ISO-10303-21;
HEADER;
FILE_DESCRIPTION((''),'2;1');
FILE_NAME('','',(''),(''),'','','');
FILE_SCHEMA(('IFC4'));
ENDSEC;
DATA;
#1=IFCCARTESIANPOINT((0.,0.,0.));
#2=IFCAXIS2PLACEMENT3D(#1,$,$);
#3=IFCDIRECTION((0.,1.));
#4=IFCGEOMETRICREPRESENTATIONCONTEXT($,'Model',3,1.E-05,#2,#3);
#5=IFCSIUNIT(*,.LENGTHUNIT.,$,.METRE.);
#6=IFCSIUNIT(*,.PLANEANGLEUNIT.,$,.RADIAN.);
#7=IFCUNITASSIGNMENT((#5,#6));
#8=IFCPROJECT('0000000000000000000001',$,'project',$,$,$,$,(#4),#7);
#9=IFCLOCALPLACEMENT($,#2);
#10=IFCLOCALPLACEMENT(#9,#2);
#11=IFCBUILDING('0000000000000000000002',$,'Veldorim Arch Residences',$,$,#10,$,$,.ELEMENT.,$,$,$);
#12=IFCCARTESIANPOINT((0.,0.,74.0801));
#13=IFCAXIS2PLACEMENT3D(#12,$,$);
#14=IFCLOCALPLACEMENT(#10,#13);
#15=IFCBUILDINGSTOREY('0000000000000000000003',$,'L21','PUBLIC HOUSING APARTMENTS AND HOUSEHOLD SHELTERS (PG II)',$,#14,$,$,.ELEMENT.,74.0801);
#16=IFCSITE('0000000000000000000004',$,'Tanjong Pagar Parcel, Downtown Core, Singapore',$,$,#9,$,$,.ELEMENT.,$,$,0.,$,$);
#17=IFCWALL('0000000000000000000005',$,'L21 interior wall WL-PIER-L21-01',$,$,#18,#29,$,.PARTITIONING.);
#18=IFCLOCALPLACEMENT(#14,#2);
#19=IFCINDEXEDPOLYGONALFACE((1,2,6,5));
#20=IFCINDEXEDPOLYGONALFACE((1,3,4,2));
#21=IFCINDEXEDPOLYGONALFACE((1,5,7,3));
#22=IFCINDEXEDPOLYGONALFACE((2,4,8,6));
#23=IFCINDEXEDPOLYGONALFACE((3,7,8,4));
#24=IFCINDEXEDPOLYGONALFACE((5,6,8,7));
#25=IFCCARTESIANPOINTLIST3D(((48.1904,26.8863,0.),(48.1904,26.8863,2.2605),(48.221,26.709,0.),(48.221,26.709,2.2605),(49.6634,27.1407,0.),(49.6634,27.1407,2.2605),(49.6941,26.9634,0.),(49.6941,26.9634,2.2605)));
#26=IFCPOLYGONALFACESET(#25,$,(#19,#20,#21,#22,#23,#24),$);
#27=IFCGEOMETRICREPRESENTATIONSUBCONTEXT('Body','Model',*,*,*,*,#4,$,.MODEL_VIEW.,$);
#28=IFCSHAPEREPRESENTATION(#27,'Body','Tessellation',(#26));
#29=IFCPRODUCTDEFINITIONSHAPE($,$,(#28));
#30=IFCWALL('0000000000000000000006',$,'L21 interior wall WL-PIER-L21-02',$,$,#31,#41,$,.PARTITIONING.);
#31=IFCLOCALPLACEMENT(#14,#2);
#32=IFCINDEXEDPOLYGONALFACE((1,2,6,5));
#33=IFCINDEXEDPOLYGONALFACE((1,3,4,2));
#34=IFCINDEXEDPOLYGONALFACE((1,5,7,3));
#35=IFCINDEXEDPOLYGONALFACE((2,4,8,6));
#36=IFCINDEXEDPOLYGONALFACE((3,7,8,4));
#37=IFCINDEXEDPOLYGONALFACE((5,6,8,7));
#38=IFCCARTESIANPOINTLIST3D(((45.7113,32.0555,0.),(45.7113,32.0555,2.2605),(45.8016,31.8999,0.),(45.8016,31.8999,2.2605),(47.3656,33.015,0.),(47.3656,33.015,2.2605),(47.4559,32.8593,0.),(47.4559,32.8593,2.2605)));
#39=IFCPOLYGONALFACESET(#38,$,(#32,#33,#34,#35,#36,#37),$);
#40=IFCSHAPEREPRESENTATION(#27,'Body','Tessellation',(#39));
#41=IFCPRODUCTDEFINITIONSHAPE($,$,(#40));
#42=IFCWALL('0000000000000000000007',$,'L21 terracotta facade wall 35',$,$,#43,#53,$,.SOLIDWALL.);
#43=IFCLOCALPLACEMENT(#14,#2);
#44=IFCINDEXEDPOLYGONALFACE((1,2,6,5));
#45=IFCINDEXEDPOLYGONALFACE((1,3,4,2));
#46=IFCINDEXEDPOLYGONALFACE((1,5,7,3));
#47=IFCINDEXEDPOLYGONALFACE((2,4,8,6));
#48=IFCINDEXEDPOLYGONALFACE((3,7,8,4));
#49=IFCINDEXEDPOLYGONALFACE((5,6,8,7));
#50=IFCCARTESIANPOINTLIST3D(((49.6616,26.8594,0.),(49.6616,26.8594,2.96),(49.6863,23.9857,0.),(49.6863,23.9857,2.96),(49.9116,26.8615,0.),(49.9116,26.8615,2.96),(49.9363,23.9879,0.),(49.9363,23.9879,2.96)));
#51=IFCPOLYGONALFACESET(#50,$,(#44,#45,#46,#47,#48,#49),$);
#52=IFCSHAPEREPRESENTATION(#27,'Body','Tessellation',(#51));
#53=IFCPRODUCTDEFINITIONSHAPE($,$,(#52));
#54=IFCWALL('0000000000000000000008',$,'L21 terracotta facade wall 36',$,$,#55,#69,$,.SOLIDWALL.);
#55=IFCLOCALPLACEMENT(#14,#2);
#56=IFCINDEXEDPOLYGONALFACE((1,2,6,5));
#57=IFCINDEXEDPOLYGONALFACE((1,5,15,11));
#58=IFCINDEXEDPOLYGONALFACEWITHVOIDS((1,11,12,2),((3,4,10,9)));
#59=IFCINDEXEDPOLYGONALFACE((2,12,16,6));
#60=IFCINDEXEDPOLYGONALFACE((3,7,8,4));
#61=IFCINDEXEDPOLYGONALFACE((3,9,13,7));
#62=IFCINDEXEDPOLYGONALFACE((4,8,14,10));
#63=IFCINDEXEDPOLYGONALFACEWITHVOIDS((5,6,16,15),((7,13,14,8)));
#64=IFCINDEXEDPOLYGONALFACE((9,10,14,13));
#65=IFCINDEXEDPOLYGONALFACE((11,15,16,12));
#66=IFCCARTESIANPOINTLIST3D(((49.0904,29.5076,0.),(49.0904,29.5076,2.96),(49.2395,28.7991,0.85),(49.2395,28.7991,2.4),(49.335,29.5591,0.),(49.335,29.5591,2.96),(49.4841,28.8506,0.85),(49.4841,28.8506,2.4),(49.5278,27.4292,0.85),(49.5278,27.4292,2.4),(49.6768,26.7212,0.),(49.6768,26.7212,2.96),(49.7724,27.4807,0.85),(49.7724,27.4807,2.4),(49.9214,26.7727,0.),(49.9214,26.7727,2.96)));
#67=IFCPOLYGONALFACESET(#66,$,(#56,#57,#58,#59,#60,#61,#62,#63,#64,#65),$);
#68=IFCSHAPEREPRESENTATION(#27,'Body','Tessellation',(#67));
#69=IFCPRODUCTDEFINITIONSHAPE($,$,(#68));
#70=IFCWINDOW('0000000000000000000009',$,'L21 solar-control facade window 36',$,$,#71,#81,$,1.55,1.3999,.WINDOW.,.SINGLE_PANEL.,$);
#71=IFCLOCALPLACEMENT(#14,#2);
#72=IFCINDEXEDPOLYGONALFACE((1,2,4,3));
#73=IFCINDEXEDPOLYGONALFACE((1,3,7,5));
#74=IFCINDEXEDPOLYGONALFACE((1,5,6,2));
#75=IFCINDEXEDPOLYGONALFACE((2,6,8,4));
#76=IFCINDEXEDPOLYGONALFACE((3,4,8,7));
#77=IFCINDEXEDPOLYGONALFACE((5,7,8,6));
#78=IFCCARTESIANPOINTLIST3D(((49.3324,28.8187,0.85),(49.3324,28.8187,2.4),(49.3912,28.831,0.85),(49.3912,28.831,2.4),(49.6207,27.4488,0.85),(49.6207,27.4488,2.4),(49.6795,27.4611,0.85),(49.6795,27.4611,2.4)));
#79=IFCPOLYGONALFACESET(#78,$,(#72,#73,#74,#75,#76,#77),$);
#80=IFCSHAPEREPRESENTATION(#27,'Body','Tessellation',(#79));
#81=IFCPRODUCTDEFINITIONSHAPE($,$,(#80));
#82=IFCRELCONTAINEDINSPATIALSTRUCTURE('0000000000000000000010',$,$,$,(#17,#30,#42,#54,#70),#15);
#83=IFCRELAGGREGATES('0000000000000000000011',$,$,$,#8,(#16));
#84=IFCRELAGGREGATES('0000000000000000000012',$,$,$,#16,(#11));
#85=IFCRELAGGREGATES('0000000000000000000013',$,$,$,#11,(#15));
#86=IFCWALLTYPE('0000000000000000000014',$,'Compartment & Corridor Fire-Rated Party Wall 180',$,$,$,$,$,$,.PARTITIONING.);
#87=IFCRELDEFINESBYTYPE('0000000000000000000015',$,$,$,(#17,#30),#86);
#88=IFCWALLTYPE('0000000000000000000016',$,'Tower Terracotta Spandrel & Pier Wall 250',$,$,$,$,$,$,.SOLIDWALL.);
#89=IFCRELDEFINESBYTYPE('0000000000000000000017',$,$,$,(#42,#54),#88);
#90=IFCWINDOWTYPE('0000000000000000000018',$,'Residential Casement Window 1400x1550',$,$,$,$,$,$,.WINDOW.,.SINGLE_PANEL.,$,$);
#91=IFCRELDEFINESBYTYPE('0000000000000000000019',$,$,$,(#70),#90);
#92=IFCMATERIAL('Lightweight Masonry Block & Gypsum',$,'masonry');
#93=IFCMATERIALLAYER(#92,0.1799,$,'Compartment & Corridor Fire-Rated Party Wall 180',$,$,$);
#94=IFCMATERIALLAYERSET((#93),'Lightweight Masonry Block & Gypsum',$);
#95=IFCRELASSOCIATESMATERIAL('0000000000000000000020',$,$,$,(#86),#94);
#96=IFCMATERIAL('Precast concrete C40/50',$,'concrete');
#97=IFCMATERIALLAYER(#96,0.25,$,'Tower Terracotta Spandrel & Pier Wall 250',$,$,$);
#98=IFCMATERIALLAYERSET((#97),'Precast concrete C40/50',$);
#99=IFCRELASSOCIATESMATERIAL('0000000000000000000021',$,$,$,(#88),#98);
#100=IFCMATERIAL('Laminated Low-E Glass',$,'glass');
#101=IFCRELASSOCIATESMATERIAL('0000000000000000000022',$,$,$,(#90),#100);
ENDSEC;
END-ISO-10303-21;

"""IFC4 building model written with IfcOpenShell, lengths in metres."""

from ifc_helpers import new_model, si_unit, direction, frame, frame_2d, origin, place, context, subcontext, project, spatial, rectangle, extrude, material, layer, layer_set, type_object, element, fill, save


model = new_model("IFC4")

# Units and contexts
model_context = context("Model", 3, precision=1e-05, world=origin(), true_north=direction((0.0, 1.0)))
body_context = subcontext(model_context, "Body", "Model", "MODEL_VIEW")
ifc_project = project(units=[si_unit("LENGTHUNIT", "METRE"), si_unit("PLANEANGLEUNIT", "RADIAN")], contexts=[model_context])

# Site, building, storey
site_placement = place(None, origin())
site = spatial("IfcSite", under=ifc_project, at=site_placement, Name="Tanjong Pagar Parcel, Downtown Core, Singapore", CompositionType="ELEMENT", RefElevation=0.0)
building_placement = place(site_placement, origin())
building = spatial("IfcBuilding", under=site, at=building_placement, Name="Veldorim Arch Residences", CompositionType="ELEMENT")
storey_placement = place(building_placement, frame((0.0, 0.0, 74.0801)))
storey = spatial("IfcBuildingStorey", under=building, at=storey_placement, Name="L21", Description="PUBLIC HOUSING APARTMENTS AND HOUSEHOLD SHELTERS (PG II)", CompositionType="ELEMENT", Elevation=74.0801)

# Walls
ifc_material_1 = material(Name="Lightweight Masonry Block & Gypsum", Category="masonry")
ifc_layer_1 = layer(ifc_material_1, 0.1799, Name="Compartment & Corridor Fire-Rated Party Wall 180")
ifc_layer_set_1 = layer_set([ifc_layer_1], Name="Lightweight Masonry Block & Gypsum")
wall_type_1 = type_object("IfcWallType", Name="Compartment & Corridor Fire-Rated Party Wall 180", PredefinedType="PARTITIONING", material=ifc_layer_set_1)
wall_1_placement = place(storey_placement, frame((48.2056, 26.7976, 0.0), z_axis=(0.0, 0.0, 1.0), x_axis=(0.985415, 0.170169, 0.0)))
element("IfcWall", 1, at=wall_1_placement, inside=storey, type_object=wall_type_1, Name="L21 interior wall WL-PIER-L21-01", PredefinedType="PARTITIONING", context=body_context, shape_type="SweptSolid", body=[
    extrude(rectangle(XDim=1.4949, YDim=0.1799, at=frame_2d((0.7476, 0.0))), origin(), (0.0, 0.0, 1.0), 2.2605),
])
wall_2_placement = place(storey_placement, frame((45.7566, 31.9778, 0.0), z_axis=(0.0, 0.0, 1.0), x_axis=(0.865036, 0.50171, 0.0)))
element("IfcWall", 2, at=wall_2_placement, inside=storey, type_object=wall_type_1, Name="L21 interior wall WL-PIER-L21-02", PredefinedType="PARTITIONING", context=body_context, shape_type="SweptSolid", body=[
    extrude(rectangle(XDim=1.9124, YDim=0.1799, at=frame_2d((0.9561, 0.0))), origin(), (0.0, 0.0, 1.0), 2.2605),
])
ifc_material_2 = material(Name="Precast concrete C40/50", Category="concrete")
ifc_layer_2 = layer(ifc_material_2, 0.25, Name="Tower Terracotta Spandrel & Pier Wall 250")
ifc_layer_set_2 = layer_set([ifc_layer_2], Name="Precast concrete C40/50")
wall_type_2 = type_object("IfcWallType", Name="Tower Terracotta Spandrel & Pier Wall 250", PredefinedType="SOLIDWALL", material=ifc_layer_set_2)
wall_3_placement = place(storey_placement, frame((49.7866, 26.8606, 0.0), z_axis=(0.0, 0.0, 1.0), x_axis=(0.00858, -0.999963, 0.0)))
element("IfcWall", 3, at=wall_3_placement, inside=storey, type_object=wall_type_2, Name="L21 terracotta facade wall 35", PredefinedType="SOLIDWALL", context=body_context, shape_type="SweptSolid", body=[
    extrude(rectangle(XDim=2.8738, YDim=0.25, at=frame_2d((1.437, 0.0))), origin(), (0.0, 0.0, 1.0), 2.96),
])

# Wall, opening, window
wall_4_placement = place(storey_placement, frame((49.2126, 29.5334, 0.0), z_axis=(0.0, 0.0, 1.0), x_axis=(0.20595, -0.978563, 0.0)))
wall_4 = element("IfcWall", 4, at=wall_4_placement, inside=storey, type_object=wall_type_2, Name="L21 terracotta facade wall 36", PredefinedType="SOLIDWALL", context=body_context, shape_type="SweptSolid", body=[
    extrude(rectangle(XDim=2.8474, YDim=0.25, at=frame_2d((1.4238, 0.0))), origin(), (0.0, 0.0, 1.0), 2.96),
])
opening_1_placement = place(wall_4_placement, frame((0.7241, 0.0, 0.8501)))
opening_1 = element("IfcOpeningElement", 5, at=opening_1_placement, cuts=wall_4, PredefinedType="OPENING", context=body_context, shape_type="SweptSolid", body=[
    extrude(rectangle(XDim=1.3999, YDim=1.55, at=frame_2d((0.7, 0.7749))), frame((0.0, 0.135, 0.0), z_axis=(0.0, -1.0, 0.0), x_axis=(1.0, 0.0, 0.0)), (0.0, 0.0, 1.0), 0.27),
])
ifc_material_3 = material(Name="Laminated Low-E Glass", Category="glass")
window_type = type_object("IfcWindowType", Name="Residential Casement Window 1400x1550", PartitioningType="SINGLE_PANEL", PredefinedType="WINDOW", material=ifc_material_3)
window_placement = place(opening_1_placement, origin())
window = element("IfcWindow", 6, at=window_placement, inside=storey, type_object=window_type, Name="L21 solar-control facade window 36", OverallHeight=1.55, OverallWidth=1.3999, PartitioningType="SINGLE_PANEL", PredefinedType="WINDOW", context=body_context, shape_type="SweptSolid", body=[
    extrude(rectangle(XDim=1.3999, YDim=1.55, at=frame_2d((0.7, 0.7749))), frame((0.0, 0.03, 0.0), z_axis=(0.0, -1.0, 0.0), x_axis=(1.0, 0.0, 0.0)), (0.0, 0.0, 1.0), 0.0601),
])
fill(opening_1, window)

save(model, "model.ifc")
